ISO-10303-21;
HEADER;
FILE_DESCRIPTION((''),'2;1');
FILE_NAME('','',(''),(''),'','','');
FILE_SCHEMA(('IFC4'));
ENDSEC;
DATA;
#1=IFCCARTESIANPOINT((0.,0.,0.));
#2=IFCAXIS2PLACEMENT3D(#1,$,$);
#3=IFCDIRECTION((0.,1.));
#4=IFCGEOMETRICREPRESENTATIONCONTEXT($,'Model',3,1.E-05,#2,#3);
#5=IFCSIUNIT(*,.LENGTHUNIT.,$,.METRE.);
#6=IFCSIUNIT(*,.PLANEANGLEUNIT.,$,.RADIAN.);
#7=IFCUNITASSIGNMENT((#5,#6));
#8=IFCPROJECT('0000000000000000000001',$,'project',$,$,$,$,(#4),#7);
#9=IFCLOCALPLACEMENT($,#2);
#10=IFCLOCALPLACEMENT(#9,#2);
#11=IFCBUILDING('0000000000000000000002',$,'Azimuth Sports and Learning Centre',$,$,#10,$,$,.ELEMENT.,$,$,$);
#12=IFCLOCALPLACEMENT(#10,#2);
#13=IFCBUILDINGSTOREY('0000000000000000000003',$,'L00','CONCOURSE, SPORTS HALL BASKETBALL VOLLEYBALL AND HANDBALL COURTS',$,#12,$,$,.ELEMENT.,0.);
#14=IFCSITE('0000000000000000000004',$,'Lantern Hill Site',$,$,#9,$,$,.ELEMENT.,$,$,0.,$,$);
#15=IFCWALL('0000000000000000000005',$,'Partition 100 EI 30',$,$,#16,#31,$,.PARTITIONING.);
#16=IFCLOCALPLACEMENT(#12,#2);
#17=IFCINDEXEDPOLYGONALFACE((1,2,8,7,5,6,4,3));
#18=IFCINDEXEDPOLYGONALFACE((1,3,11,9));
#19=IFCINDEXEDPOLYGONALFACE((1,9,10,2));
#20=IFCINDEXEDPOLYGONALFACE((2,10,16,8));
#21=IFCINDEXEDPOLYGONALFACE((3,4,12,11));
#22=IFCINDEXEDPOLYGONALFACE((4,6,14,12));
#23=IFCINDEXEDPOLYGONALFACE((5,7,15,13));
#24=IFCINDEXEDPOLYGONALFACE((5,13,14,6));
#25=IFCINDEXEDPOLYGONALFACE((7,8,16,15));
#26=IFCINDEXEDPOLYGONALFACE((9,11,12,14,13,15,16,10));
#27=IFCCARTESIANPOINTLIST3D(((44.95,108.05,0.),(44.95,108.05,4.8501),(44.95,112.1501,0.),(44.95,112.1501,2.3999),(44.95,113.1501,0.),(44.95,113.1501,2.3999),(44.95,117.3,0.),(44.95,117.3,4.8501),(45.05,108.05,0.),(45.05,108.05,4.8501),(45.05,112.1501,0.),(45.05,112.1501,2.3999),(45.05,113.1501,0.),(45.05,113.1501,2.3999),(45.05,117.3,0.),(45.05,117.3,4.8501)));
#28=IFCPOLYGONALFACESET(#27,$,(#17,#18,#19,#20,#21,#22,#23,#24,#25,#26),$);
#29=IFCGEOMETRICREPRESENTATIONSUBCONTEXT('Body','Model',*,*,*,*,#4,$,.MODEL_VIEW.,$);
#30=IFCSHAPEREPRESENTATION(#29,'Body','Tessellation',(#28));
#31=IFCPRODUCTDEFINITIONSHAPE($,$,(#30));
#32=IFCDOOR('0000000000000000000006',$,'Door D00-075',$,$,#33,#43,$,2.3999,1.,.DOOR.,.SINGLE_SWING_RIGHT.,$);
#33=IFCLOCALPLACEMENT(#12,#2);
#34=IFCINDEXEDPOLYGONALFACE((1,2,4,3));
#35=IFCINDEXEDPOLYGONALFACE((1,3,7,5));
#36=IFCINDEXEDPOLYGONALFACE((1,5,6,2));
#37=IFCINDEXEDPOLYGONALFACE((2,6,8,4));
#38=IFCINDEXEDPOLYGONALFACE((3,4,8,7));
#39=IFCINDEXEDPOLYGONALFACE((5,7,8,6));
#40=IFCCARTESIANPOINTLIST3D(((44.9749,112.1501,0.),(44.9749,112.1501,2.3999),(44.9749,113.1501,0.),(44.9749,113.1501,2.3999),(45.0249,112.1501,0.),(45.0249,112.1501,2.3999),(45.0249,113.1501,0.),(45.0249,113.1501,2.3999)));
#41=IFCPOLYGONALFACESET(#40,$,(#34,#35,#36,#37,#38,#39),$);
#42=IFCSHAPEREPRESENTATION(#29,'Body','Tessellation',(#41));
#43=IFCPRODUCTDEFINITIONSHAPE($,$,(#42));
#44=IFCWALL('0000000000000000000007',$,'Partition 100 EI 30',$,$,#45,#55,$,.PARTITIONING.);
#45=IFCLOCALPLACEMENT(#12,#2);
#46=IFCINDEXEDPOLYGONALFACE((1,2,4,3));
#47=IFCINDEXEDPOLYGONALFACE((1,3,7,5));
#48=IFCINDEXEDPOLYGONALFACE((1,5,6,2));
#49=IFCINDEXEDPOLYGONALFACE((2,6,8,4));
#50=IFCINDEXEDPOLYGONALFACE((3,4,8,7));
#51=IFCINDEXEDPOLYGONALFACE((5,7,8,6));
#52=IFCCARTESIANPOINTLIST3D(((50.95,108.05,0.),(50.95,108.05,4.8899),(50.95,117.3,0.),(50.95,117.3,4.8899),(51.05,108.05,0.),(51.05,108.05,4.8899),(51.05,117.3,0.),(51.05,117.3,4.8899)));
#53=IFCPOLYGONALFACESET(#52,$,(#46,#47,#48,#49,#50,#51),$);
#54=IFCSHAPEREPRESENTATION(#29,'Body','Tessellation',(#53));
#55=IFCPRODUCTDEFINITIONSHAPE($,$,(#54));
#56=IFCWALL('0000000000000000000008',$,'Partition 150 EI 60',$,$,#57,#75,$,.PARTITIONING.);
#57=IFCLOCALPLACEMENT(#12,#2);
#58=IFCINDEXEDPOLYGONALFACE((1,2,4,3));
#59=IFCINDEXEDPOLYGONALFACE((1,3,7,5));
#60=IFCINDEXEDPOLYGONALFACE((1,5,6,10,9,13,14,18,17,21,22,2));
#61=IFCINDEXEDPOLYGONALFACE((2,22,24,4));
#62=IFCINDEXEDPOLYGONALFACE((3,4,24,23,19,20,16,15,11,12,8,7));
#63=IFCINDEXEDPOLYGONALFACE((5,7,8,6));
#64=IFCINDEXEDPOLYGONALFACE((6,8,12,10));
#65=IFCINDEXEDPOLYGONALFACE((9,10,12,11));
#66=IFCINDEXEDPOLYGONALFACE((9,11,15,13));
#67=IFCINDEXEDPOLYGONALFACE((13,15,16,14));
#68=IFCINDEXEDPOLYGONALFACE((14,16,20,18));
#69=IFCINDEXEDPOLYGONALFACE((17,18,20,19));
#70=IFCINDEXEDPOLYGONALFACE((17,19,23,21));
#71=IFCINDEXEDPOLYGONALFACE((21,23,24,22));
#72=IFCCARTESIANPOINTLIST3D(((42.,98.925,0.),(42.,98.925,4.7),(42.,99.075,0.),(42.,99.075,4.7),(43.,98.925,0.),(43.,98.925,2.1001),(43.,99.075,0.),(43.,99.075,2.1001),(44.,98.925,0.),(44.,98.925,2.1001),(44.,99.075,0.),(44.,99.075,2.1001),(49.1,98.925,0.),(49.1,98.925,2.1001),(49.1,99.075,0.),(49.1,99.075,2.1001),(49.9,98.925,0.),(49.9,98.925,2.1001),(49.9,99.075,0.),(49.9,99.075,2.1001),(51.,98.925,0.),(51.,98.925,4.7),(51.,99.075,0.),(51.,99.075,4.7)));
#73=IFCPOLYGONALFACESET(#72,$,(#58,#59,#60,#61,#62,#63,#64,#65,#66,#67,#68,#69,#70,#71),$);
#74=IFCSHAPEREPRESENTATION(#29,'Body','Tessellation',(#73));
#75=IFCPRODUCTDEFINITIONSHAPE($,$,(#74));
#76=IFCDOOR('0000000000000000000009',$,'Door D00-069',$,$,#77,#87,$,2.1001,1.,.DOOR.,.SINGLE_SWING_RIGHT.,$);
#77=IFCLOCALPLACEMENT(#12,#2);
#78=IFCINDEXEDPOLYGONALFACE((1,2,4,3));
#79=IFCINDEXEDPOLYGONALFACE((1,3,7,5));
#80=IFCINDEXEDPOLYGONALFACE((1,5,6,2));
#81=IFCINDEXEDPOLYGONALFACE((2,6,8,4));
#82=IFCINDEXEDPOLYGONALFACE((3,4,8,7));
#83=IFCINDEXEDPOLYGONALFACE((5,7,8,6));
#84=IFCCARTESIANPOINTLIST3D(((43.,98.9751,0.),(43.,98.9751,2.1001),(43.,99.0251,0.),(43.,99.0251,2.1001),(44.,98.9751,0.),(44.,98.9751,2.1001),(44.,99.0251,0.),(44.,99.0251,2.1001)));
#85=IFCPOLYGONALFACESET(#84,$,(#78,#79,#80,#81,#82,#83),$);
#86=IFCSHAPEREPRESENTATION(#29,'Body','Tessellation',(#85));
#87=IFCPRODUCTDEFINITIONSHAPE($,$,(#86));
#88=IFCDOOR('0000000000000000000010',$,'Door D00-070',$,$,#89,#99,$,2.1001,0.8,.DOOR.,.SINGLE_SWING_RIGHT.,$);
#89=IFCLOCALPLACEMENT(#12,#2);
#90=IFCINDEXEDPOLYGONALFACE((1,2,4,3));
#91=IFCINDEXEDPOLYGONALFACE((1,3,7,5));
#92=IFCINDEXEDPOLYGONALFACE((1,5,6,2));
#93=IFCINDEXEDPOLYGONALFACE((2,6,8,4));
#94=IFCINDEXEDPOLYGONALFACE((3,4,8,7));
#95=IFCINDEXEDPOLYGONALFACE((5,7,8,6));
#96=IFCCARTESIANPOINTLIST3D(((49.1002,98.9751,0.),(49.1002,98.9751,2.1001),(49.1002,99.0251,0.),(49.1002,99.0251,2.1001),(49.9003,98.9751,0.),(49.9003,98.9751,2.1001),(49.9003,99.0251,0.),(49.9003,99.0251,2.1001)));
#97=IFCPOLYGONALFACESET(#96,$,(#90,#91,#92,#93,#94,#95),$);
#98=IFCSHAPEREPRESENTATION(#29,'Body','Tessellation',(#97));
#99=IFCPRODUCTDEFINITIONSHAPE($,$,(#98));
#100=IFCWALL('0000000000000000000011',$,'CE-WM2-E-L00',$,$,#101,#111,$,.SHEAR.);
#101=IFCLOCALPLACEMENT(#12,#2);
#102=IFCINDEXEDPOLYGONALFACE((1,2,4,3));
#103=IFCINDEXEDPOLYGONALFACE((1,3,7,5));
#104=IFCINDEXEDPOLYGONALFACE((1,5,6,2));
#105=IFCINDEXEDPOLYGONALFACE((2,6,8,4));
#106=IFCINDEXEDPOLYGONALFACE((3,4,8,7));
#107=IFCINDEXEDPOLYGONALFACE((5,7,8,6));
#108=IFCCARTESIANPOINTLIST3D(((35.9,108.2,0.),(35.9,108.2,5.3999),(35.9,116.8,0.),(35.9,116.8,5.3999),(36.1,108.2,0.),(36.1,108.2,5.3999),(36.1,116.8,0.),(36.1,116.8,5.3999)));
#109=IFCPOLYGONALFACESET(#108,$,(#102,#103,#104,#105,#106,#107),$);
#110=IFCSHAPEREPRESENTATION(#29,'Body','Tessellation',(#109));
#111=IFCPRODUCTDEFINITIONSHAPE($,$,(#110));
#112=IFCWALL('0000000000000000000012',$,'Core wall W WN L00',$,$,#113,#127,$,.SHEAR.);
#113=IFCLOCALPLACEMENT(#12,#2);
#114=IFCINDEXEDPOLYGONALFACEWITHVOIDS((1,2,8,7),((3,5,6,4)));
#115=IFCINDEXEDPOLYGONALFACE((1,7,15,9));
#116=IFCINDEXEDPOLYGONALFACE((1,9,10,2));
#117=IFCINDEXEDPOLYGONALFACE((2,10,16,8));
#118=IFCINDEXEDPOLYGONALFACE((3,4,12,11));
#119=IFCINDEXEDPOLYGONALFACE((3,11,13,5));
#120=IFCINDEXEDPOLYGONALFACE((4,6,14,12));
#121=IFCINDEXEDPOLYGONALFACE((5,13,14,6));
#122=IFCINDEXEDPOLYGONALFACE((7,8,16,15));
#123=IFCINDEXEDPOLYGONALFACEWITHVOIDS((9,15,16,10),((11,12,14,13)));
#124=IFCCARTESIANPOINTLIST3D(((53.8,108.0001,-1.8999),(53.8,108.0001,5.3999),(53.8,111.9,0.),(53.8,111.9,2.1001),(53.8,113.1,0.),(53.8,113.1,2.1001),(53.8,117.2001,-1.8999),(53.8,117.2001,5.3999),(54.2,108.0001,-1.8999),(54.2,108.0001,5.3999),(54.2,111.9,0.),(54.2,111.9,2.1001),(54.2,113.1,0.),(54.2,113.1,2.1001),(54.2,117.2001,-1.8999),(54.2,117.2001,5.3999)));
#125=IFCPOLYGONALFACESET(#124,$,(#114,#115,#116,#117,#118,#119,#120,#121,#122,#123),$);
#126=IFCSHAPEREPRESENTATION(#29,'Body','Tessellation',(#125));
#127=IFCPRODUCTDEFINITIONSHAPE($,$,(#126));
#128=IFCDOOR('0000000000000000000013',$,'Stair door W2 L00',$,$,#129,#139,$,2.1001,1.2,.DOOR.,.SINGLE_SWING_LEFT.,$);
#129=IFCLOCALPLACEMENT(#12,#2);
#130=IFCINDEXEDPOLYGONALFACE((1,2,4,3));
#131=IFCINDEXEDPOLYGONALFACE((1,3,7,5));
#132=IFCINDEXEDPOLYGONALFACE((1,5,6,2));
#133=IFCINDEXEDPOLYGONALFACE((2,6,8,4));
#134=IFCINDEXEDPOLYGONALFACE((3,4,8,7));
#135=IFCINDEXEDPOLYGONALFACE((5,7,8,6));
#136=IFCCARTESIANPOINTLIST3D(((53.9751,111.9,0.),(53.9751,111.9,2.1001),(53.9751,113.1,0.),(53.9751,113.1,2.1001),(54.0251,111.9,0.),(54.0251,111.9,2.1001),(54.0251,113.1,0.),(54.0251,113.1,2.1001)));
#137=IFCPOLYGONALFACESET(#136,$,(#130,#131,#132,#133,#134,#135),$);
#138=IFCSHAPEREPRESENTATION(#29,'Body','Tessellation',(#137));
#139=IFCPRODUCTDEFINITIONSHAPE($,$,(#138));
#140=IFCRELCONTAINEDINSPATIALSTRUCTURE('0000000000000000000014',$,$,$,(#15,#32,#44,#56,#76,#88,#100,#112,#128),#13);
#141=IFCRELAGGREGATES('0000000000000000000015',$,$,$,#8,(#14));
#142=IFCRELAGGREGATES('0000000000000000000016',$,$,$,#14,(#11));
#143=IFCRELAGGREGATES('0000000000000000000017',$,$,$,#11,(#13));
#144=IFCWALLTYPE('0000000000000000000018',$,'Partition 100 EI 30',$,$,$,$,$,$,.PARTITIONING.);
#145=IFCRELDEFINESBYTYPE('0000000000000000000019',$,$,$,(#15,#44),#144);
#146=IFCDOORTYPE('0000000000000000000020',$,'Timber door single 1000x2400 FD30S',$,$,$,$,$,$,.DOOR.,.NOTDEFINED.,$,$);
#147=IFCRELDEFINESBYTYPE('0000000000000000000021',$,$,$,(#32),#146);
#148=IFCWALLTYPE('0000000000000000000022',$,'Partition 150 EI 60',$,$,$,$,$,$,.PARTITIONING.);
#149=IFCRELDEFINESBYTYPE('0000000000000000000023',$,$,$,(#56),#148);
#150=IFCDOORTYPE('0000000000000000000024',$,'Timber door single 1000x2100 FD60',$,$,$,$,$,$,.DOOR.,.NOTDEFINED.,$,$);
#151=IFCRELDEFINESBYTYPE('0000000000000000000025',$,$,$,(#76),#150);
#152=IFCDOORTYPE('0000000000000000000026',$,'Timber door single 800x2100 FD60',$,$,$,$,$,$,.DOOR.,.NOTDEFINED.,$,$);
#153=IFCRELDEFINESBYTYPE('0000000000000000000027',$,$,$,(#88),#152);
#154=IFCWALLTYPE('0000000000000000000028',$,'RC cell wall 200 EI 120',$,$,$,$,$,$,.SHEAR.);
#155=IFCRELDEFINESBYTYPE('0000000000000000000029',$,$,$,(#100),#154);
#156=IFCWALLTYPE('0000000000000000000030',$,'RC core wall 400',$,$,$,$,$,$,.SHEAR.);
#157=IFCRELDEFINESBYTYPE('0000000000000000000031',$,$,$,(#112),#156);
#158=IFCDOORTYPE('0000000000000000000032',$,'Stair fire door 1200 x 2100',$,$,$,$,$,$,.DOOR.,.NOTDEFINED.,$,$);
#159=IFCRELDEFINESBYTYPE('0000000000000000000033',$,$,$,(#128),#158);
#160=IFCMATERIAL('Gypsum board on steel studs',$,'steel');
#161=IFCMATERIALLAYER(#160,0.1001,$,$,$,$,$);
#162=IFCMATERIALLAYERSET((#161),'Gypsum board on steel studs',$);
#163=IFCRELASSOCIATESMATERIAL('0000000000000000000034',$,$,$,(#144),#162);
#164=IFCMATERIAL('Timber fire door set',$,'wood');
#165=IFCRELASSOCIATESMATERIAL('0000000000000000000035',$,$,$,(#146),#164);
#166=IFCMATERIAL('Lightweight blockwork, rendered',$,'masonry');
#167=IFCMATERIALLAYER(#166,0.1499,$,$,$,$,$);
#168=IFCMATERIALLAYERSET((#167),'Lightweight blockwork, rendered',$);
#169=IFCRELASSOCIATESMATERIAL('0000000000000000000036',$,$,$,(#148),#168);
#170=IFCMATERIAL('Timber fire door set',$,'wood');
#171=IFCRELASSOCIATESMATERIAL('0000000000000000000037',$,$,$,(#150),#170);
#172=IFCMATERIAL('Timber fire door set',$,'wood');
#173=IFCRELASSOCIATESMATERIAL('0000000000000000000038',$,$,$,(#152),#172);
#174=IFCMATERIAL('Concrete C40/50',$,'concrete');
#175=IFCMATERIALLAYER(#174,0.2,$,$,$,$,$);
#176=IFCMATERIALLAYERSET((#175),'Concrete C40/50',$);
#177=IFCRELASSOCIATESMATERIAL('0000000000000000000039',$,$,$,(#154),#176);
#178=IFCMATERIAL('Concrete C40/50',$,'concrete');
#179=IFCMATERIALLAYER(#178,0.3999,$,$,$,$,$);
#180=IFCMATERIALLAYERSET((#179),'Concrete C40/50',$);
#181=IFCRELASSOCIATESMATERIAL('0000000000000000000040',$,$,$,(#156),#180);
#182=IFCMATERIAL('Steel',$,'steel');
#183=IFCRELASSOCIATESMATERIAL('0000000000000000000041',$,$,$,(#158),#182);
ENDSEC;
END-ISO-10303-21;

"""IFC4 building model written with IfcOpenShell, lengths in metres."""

from ifc_helpers import new_model, si_unit, direction, frame, frame_2d, origin, place, context, subcontext, project, spatial, rectangle, extrude, material, layer, layer_set, type_object, element, fill, save


model = new_model("IFC4")

# Units and contexts
model_context = context("Model", 3, precision=1e-05, world=origin(), true_north=direction((0.0, 1.0)))
body_context = subcontext(model_context, "Body", "Model", "MODEL_VIEW")
ifc_project = project(units=[si_unit("LENGTHUNIT", "METRE"), si_unit("PLANEANGLEUNIT", "RADIAN")], contexts=[model_context])

# Site, building, storey
site_placement = place(None, origin())
site = spatial("IfcSite", under=ifc_project, at=site_placement, Name="Lantern Hill Site", CompositionType="ELEMENT", RefElevation=0.0)
building_placement = place(site_placement, origin())
building = spatial("IfcBuilding", under=site, at=building_placement, Name="Azimuth Sports and Learning Centre", CompositionType="ELEMENT")
storey_placement = place(building_placement, origin())
storey = spatial("IfcBuildingStorey", under=building, at=storey_placement, Name="L00", Description="CONCOURSE, SPORTS HALL BASKETBALL VOLLEYBALL AND HANDBALL COURTS", CompositionType="ELEMENT", Elevation=0.0)

# Shared definitions
ifc_material_1 = material(Name="Gypsum board on steel studs", Category="steel")
ifc_layer_1 = layer(ifc_material_1, 0.1001)
ifc_layer_set_1 = layer_set([ifc_layer_1], Name="Gypsum board on steel studs")
wall_type_1 = type_object("IfcWallType", Name="Partition 100 EI 30", PredefinedType="PARTITIONING", material=ifc_layer_set_1)

# Wall, opening, door
wall_1_placement = place(storey_placement, frame((45.0, 108.05, 0.0), z_axis=(0.0, 0.0, 1.0), x_axis=(0.0, 1.0, 0.0)))
wall_1 = element("IfcWall", 1, at=wall_1_placement, inside=storey, type_object=wall_type_1, Name="Partition 100 EI 30", PredefinedType="PARTITIONING", context=body_context, shape_type="SweptSolid", body=[
    extrude(rectangle(XDim=9.25, YDim=0.1001, at=frame_2d((4.625, 0.0))), origin(), (0.0, 0.0, 1.0), 4.8501),
])
opening_1_placement = place(wall_1_placement, frame((4.1001, 0.0, 0.0)))
opening_1 = element("IfcOpeningElement", 2, at=opening_1_placement, cuts=wall_1, PredefinedType="OPENING", context=body_context, shape_type="SweptSolid", body=[
    extrude(rectangle(XDim=1.0, YDim=2.3999, at=frame_2d((0.5, 1.2))), frame((0.0, 0.061, 0.0), z_axis=(0.0, -1.0, 0.0), x_axis=(1.0, 0.0, 0.0)), (0.0, 0.0, 1.0), 0.1221),
])
ifc_material_2 = material(Name="Timber fire door set", Category="wood")
door_type_1 = type_object("IfcDoorType", Name="Timber door single 1000x2400 FD30S", OperationType="NOTDEFINED", PredefinedType="DOOR", material=ifc_material_2)
door_1_placement = place(opening_1_placement, frame((1.0, 0.0, 0.0), z_axis=(0.0, 0.0, 1.0), x_axis=(-1.0, 0.0, 0.0)))
door_1 = element("IfcDoor", 3, at=door_1_placement, inside=storey, type_object=door_type_1, Name="Door D00-075", OperationType="SINGLE_SWING_RIGHT", OverallHeight=2.3999, OverallWidth=1.0, PredefinedType="DOOR", context=body_context, shape_type="SweptSolid", body=[
    extrude(rectangle(XDim=1.0, YDim=2.3999, at=frame_2d((0.5, 1.2))), frame((0.0, 0.0249, 0.0), z_axis=(0.0, -1.0, 0.0), x_axis=(1.0, 0.0, 0.0)), (0.0, 0.0, 1.0), 0.05),
])
fill(opening_1, door_1)

# Wall
wall_2_placement = place(storey_placement, frame((51.0, 108.05, 0.0), z_axis=(0.0, 0.0, 1.0), x_axis=(0.0, 1.0, 0.0)))
element("IfcWall", 4, at=wall_2_placement, inside=storey, type_object=wall_type_1, Name="Partition 100 EI 30", PredefinedType="PARTITIONING", context=body_context, shape_type="SweptSolid", body=[
    extrude(rectangle(XDim=9.25, YDim=0.1001, at=frame_2d((4.625, 0.0))), origin(), (0.0, 0.0, 1.0), 4.8899),
])

# Wall, openings, doors
ifc_material_3 = material(Name="Lightweight blockwork, rendered", Category="masonry")
ifc_layer_2 = layer(ifc_material_3, 0.1499)
ifc_layer_set_2 = layer_set([ifc_layer_2], Name="Lightweight blockwork, rendered")
wall_type_2 = type_object("IfcWallType", Name="Partition 150 EI 60", PredefinedType="PARTITIONING", material=ifc_layer_set_2)
wall_3_placement = place(storey_placement, frame((42.0, 99.0, 0.0), z_axis=(0.0, 0.0, 1.0), x_axis=(1.0, 0.0, 0.0)))
wall_3 = element("IfcWall", 5, at=wall_3_placement, inside=storey, type_object=wall_type_2, Name="Partition 150 EI 60", PredefinedType="PARTITIONING", context=body_context, shape_type="SweptSolid", body=[
    extrude(rectangle(XDim=9.0, YDim=0.1499, at=frame_2d((4.5, 0.0))), origin(), (0.0, 0.0, 1.0), 4.7),
])
opening_2_placement = place(wall_3_placement, frame((1.0, 0.0, 0.0)))
opening_2 = element("IfcOpeningElement", 6, at=opening_2_placement, cuts=wall_3, PredefinedType="OPENING", context=body_context, shape_type="SweptSolid", body=[
    extrude(rectangle(XDim=1.0, YDim=2.1001, at=frame_2d((0.5, 1.05))), frame((0.0, 0.0859, 0.0), z_axis=(0.0, -1.0, 0.0), x_axis=(1.0, 0.0, 0.0)), (0.0, 0.0, 1.0), 0.1719),
])
opening_3_placement = place(wall_3_placement, frame((7.1001, 0.0, 0.0)))
opening_3 = element("IfcOpeningElement", 7, at=opening_3_placement, cuts=wall_3, PredefinedType="OPENING", context=body_context, shape_type="SweptSolid", body=[
    extrude(rectangle(XDim=0.8, YDim=2.1001, at=frame_2d((0.3999, 1.05))), frame((0.0, 0.0859, 0.0), z_axis=(0.0, -1.0, 0.0), x_axis=(1.0, 0.0, 0.0)), (0.0, 0.0, 1.0), 0.1719),
])
ifc_material_4 = material(Name="Timber fire door set", Category="wood")
door_type_2 = type_object("IfcDoorType", Name="Timber door single 1000x2100 FD60", OperationType="NOTDEFINED", PredefinedType="DOOR", material=ifc_material_4)
door_2_placement = place(opening_2_placement, frame((1.0, 0.0, 0.0), z_axis=(0.0, 0.0, 1.0), x_axis=(-1.0, 0.0, 0.0)))
door_2 = element("IfcDoor", 8, at=door_2_placement, inside=storey, type_object=door_type_2, Name="Door D00-069", OperationType="SINGLE_SWING_RIGHT", OverallHeight=2.1001, OverallWidth=1.0, PredefinedType="DOOR", context=body_context, shape_type="SweptSolid", body=[
    extrude(rectangle(XDim=1.0, YDim=2.1001, at=frame_2d((0.5, 1.05))), frame((0.0, 0.0249, 0.0), z_axis=(0.0, -1.0, 0.0), x_axis=(1.0, 0.0, 0.0)), (0.0, 0.0, 1.0), 0.05),
])
fill(opening_2, door_2)
ifc_material_5 = material(Name="Timber fire door set", Category="wood")
door_type_3 = type_object("IfcDoorType", Name="Timber door single 800x2100 FD60", OperationType="NOTDEFINED", PredefinedType="DOOR", material=ifc_material_5)
door_3_placement = place(opening_3_placement, frame((0.8, 0.0, 0.0), z_axis=(0.0, 0.0, 1.0), x_axis=(-1.0, 0.0, 0.0)))
door_3 = element("IfcDoor", 9, at=door_3_placement, inside=storey, type_object=door_type_3, Name="Door D00-070", OperationType="SINGLE_SWING_RIGHT", OverallHeight=2.1001, OverallWidth=0.8, PredefinedType="DOOR", context=body_context, shape_type="SweptSolid", body=[
    extrude(rectangle(XDim=0.8, YDim=2.1001, at=frame_2d((0.3999, 1.05))), frame((0.0, 0.0249, 0.0), z_axis=(0.0, -1.0, 0.0), x_axis=(1.0, 0.0, 0.0)), (0.0, 0.0, 1.0), 0.05),
])
fill(opening_3, door_3)

# Wall
ifc_material_6 = material(Name="Concrete C40/50", Category="concrete")
ifc_layer_3 = layer(ifc_material_6, 0.2)
ifc_layer_set_3 = layer_set([ifc_layer_3], Name="Concrete C40/50")
wall_type_3 = type_object("IfcWallType", Name="RC cell wall 200 EI 120", PredefinedType="SHEAR", material=ifc_layer_set_3)
wall_4_placement = place(storey_placement, frame((36.0, 108.2, 0.0), z_axis=(0.0, 0.0, 1.0), x_axis=(0.0, 1.0, 0.0)))
element("IfcWall", 10, at=wall_4_placement, inside=storey, type_object=wall_type_3, Name="CE-WM2-E-L00", PredefinedType="SHEAR", context=body_context, shape_type="SweptSolid", body=[
    extrude(rectangle(XDim=8.6001, YDim=0.2, at=frame_2d((4.3, 0.0))), origin(), (0.0, 0.0, 1.0), 5.3999),
])

# Wall, opening, door
ifc_material_7 = material(Name="Concrete C40/50", Category="concrete")
ifc_layer_4 = layer(ifc_material_7, 0.3999)
ifc_layer_set_4 = layer_set([ifc_layer_4], Name="Concrete C40/50")
wall_type_4 = type_object("IfcWallType", Name="RC core wall 400", PredefinedType="SHEAR", material=ifc_layer_set_4)
wall_5_placement = place(storey_placement, frame((54.0, 108.0, -1.8999), z_axis=(0.0, 0.0, 1.0), x_axis=(0.0, 1.0, 0.0)))
wall_5 = element("IfcWall", 11, at=wall_5_placement, inside=storey, type_object=wall_type_4, Name="Core wall W WN L00", PredefinedType="SHEAR", context=body_context, shape_type="SweptSolid", body=[
    extrude(rectangle(XDim=9.2, YDim=0.3999, at=frame_2d((4.6001, 0.0))), origin(), (0.0, 0.0, 1.0), 7.2998),
])
opening_4_placement = place(wall_5_placement, frame((3.8999, 0.0, 1.8999)))
opening_4 = element("IfcOpeningElement", 12, at=opening_4_placement, cuts=wall_5, PredefinedType="OPENING", context=body_context, shape_type="SweptSolid", body=[
    extrude(rectangle(XDim=1.2, YDim=2.1001, at=frame_2d((0.6001, 1.05))), frame((0.0, 0.2109, 0.0), z_axis=(0.0, -1.0, 0.0), x_axis=(1.0, 0.0, 0.0)), (0.0, 0.0, 1.0), 0.4219),
])
ifc_material_8 = material(Name="Steel", Category="steel")
door_type_4 = type_object("IfcDoorType", Name="Stair fire door 1200 x 2100", OperationType="NOTDEFINED", PredefinedType="DOOR", material=ifc_material_8)
door_4_placement = place(opening_4_placement, origin())
door_4 = element("IfcDoor", 13, at=door_4_placement, inside=storey, type_object=door_type_4, Name="Stair door W2 L00", OperationType="SINGLE_SWING_LEFT", OverallHeight=2.1001, OverallWidth=1.2, PredefinedType="DOOR", context=body_context, shape_type="SweptSolid", body=[
    extrude(rectangle(XDim=1.2, YDim=2.1001, at=frame_2d((0.6001, 1.05))), frame((0.0, 0.0249, 0.0), z_axis=(0.0, -1.0, 0.0), x_axis=(1.0, 0.0, 0.0)), (0.0, 0.0, 1.0), 0.05),
])
fill(opening_4, door_4)

save(model, "model.ifc")
